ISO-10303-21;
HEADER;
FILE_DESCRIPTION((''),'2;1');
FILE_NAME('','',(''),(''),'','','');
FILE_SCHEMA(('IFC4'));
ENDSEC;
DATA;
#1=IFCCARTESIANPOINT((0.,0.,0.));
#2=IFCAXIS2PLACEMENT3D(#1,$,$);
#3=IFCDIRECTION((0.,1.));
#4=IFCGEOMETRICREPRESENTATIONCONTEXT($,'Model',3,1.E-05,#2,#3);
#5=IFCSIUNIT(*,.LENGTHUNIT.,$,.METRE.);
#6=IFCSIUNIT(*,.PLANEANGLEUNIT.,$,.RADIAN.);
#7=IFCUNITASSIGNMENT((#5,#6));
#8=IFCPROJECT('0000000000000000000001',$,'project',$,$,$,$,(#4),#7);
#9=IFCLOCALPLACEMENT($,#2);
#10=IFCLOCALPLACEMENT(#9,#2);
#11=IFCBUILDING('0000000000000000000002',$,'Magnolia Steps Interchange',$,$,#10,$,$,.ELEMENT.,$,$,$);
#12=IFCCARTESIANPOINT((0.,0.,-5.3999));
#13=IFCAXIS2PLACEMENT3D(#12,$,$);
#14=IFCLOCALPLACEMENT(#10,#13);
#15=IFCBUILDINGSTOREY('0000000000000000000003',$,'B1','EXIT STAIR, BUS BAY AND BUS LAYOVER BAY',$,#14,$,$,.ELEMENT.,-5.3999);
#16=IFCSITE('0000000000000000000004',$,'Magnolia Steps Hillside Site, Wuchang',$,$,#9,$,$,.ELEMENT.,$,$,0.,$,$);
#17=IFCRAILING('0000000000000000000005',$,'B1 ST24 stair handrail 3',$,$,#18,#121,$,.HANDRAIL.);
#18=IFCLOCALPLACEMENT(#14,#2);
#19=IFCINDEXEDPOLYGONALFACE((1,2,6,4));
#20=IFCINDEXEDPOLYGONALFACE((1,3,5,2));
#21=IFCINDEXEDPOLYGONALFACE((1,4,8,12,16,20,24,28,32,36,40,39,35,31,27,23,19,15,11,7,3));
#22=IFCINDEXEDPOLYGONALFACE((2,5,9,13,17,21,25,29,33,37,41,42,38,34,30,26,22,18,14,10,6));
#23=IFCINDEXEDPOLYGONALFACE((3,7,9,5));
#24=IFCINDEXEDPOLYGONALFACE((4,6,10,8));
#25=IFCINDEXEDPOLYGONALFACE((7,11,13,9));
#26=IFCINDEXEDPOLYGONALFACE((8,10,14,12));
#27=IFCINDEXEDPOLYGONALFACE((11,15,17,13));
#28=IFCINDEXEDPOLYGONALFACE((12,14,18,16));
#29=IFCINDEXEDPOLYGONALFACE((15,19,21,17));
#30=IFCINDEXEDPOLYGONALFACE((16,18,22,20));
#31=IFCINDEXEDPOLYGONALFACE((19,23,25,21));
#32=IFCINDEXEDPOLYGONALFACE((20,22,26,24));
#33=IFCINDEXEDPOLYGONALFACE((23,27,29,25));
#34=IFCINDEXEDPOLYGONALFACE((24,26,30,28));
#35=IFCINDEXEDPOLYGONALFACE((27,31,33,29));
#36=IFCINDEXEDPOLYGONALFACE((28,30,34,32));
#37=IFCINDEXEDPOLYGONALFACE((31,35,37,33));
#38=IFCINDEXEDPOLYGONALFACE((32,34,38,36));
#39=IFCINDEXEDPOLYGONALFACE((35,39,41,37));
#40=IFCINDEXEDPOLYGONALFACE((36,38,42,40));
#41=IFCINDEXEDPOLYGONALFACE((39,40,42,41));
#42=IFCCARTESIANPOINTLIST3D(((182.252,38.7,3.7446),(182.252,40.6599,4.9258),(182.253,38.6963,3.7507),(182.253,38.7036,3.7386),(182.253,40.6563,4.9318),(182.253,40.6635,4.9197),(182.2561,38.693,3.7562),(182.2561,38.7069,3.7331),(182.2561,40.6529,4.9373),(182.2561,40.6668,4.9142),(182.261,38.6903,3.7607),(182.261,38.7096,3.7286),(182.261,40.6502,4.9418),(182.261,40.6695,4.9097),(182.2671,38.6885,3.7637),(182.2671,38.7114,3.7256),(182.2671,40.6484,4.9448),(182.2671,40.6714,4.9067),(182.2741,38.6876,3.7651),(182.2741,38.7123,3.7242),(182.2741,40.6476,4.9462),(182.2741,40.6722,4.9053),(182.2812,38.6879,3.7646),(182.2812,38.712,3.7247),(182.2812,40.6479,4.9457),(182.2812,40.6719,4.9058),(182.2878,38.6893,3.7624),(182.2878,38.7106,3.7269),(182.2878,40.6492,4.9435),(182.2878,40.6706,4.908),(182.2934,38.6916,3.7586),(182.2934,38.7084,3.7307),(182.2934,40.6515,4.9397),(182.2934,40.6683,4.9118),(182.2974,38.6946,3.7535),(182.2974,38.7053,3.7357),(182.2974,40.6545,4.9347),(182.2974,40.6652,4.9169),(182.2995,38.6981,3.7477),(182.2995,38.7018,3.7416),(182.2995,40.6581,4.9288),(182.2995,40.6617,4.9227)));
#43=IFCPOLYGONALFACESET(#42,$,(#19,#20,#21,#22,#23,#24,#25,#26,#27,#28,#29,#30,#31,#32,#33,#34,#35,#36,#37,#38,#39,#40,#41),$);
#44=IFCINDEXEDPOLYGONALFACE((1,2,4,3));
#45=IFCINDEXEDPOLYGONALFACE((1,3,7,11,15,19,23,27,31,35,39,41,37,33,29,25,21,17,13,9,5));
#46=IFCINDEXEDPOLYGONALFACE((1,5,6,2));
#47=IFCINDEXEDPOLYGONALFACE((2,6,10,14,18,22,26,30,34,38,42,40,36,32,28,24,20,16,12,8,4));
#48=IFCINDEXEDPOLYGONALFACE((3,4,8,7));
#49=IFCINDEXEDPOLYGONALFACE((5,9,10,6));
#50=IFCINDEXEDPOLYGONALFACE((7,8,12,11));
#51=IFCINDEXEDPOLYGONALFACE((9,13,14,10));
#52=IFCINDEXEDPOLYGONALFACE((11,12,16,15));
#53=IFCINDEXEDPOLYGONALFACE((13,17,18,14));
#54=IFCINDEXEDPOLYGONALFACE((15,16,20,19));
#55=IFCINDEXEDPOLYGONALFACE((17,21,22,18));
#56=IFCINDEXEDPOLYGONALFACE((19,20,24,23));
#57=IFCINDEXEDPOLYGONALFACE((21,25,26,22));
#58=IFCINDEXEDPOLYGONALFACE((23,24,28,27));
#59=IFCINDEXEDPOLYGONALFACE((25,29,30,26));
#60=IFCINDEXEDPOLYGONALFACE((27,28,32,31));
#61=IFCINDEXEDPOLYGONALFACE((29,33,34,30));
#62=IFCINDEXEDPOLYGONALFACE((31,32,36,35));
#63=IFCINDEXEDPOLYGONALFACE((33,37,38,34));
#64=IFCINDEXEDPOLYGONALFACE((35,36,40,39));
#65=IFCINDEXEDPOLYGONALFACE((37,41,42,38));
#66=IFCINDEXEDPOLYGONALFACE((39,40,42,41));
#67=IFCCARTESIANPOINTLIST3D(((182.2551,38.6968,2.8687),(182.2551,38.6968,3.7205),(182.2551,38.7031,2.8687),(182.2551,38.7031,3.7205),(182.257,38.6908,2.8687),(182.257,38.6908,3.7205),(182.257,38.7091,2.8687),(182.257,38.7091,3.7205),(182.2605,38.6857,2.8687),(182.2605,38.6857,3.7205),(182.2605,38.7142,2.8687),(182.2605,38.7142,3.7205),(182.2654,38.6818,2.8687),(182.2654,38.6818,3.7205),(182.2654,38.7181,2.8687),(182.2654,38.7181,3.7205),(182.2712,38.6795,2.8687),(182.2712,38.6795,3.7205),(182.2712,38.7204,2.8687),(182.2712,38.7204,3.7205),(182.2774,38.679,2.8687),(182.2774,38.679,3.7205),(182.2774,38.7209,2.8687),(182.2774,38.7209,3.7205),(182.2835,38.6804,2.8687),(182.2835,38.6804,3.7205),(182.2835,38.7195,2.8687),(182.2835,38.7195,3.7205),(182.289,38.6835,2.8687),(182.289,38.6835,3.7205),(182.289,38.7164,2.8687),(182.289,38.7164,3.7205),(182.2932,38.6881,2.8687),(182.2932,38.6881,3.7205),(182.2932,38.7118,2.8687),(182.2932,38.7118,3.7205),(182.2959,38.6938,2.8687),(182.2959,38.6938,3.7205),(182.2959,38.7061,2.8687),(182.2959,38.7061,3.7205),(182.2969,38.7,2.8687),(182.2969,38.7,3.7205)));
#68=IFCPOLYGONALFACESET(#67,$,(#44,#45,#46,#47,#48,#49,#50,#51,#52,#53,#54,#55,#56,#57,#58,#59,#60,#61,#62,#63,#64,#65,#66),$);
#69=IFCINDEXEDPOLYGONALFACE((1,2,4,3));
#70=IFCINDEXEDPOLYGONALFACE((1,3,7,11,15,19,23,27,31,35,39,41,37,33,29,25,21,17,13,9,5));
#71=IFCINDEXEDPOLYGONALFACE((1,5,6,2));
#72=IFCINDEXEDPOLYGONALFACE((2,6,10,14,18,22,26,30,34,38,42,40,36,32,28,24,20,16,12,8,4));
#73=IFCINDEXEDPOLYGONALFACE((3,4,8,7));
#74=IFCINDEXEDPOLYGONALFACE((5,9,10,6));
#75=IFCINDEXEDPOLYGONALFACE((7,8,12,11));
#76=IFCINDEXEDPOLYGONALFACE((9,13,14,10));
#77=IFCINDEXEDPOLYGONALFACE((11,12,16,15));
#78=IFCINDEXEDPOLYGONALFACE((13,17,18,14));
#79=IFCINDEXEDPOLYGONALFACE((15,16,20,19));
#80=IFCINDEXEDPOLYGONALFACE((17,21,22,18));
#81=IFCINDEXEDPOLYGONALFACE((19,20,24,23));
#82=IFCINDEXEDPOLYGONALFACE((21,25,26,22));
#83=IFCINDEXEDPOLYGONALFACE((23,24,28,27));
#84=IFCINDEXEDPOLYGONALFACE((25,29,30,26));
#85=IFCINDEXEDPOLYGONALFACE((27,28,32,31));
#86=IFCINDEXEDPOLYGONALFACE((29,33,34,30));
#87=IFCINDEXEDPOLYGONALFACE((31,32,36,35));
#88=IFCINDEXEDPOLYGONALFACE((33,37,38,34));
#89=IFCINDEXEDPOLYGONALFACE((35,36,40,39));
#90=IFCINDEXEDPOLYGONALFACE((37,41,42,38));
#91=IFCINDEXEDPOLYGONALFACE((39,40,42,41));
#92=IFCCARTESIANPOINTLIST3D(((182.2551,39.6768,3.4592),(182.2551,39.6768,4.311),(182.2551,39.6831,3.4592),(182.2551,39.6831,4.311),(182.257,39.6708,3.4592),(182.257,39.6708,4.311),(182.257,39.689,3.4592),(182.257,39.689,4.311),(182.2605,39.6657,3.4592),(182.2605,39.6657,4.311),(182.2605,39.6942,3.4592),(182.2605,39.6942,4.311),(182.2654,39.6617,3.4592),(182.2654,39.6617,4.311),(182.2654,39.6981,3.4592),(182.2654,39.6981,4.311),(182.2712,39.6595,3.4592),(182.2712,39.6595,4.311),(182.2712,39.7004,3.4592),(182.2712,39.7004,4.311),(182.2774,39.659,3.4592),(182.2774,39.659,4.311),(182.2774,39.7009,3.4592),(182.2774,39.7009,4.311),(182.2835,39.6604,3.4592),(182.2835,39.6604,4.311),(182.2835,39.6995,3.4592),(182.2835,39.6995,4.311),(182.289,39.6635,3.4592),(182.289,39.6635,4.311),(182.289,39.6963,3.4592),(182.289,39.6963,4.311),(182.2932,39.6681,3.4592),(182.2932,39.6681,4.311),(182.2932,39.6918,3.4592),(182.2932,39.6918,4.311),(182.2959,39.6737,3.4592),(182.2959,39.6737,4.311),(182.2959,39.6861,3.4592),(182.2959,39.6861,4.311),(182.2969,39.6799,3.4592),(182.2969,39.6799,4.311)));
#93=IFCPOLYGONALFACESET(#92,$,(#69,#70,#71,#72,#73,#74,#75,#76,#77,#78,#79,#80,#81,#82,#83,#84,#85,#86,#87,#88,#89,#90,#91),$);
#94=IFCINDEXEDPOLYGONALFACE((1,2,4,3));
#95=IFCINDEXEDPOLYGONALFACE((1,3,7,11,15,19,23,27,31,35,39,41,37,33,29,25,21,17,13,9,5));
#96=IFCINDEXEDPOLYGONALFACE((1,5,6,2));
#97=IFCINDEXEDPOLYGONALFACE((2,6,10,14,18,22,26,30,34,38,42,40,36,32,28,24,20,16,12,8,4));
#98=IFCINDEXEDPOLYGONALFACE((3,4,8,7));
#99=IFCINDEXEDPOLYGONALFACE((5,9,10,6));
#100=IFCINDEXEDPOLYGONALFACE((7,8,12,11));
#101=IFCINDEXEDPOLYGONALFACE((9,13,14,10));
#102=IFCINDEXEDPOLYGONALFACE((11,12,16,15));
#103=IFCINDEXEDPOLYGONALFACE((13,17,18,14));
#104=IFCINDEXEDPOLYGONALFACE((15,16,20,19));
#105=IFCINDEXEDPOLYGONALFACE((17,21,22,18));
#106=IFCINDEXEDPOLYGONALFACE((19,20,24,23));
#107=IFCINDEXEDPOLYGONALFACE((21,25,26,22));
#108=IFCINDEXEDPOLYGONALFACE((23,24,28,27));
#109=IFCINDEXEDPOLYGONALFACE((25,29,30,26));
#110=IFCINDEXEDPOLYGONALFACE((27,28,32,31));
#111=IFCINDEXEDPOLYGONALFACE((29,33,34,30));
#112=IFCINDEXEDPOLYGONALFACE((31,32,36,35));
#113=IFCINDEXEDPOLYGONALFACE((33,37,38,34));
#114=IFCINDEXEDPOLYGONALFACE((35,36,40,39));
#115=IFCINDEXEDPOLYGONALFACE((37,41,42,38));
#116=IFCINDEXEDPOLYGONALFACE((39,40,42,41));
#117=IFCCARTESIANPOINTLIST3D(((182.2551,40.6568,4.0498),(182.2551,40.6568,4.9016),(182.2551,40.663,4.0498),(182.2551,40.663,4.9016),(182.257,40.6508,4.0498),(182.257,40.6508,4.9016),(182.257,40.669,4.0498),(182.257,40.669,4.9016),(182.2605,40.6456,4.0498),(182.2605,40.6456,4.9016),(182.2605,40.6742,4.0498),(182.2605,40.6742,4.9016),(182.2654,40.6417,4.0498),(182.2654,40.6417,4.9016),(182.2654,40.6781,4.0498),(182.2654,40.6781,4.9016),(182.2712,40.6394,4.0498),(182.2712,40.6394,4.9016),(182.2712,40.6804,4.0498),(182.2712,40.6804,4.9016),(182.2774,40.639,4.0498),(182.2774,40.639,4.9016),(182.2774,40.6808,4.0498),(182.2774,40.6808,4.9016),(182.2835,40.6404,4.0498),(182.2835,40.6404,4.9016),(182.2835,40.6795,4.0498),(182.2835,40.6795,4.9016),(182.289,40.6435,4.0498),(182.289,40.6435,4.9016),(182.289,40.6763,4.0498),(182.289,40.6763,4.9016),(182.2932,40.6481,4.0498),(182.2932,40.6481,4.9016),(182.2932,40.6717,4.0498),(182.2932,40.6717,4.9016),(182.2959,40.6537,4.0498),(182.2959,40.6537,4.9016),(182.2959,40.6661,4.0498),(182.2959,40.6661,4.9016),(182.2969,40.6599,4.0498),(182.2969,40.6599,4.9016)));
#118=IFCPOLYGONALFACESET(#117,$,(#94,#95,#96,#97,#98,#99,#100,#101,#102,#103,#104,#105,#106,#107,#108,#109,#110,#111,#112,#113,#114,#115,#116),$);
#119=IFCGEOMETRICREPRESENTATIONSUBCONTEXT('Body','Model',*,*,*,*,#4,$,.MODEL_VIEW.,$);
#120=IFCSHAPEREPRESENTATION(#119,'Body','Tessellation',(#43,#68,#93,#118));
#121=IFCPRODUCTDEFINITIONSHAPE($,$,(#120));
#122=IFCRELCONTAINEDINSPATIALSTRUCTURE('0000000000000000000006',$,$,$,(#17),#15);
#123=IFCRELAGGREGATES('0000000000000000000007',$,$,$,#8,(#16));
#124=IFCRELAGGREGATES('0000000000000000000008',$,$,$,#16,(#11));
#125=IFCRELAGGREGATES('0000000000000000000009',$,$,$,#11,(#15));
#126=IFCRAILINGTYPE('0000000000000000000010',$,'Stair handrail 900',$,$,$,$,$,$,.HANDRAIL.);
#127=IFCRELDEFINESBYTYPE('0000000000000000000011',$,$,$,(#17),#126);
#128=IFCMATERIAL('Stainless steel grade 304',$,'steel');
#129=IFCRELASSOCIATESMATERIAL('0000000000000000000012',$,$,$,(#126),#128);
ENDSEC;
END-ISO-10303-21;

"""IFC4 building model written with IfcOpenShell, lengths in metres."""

from ifc_helpers import new_model, si_unit, direction, frame, origin, origin_2d, place, context, subcontext, project, spatial, circle, extrude, material, type_object, element, save


model = new_model("IFC4")

# Units and contexts
model_context = context("Model", 3, precision=1e-05, world=origin(), true_north=direction((0.0, 1.0)))
body_context = subcontext(model_context, "Body", "Model", "MODEL_VIEW")
ifc_project = project(units=[si_unit("LENGTHUNIT", "METRE"), si_unit("PLANEANGLEUNIT", "RADIAN")], contexts=[model_context])

# Site, building, storey
site_placement = place(None, origin())
site = spatial("IfcSite", under=ifc_project, at=site_placement, Name="Magnolia Steps Hillside Site, Wuchang", CompositionType="ELEMENT", RefElevation=0.0)
building_placement = place(site_placement, origin())
building = spatial("IfcBuilding", under=site, at=building_placement, Name="Magnolia Steps Interchange", CompositionType="ELEMENT")
storey_placement = place(building_placement, frame((0.0, 0.0, -5.3999)))
storey = spatial("IfcBuildingStorey", under=building, at=storey_placement, Name="B1", Description="EXIT STAIR, BUS BAY AND BUS LAYOVER BAY", CompositionType="ELEMENT", Elevation=-5.3999)

# Railing
ifc_material_1 = material(Name="Stainless steel grade 304", Category="steel")
railing_type_1 = type_object("IfcRailingType", Name="Stair handrail 900", PredefinedType="HANDRAIL", material=ifc_material_1)
railing_1_placement = place(storey_placement, frame((182.2759, 38.7, 2.8687)))
element("IfcRailing", 1, at=railing_1_placement, inside=storey, type_object=railing_type_1, Name="B1 ST24 stair handrail 3", PredefinedType="HANDRAIL", context=body_context, shape_type="SweptSolid", body=[
    extrude(circle(Radius=0.0239, at=origin_2d()), frame((0.0, 0.0, 0.876), z_axis=(0.0, 0.856493, 0.516158), x_axis=(-1.0, 0.0, 0.0)), (0.0, 0.0, 1.0), 2.2883),
    extrude(circle(Radius=0.021, at=origin_2d()), origin(), (0.0, 0.0, 1.0), 0.8518),
    extrude(circle(Radius=0.021, at=origin_2d()), frame((0.0, 0.98, 0.5906)), (0.0, 0.0, 1.0), 0.8518),
    extrude(circle(Radius=0.021, at=origin_2d()), frame((0.0, 1.96, 1.1812)), (0.0, 0.0, 1.0), 0.8518),
])

save(model, "model.ifc")
